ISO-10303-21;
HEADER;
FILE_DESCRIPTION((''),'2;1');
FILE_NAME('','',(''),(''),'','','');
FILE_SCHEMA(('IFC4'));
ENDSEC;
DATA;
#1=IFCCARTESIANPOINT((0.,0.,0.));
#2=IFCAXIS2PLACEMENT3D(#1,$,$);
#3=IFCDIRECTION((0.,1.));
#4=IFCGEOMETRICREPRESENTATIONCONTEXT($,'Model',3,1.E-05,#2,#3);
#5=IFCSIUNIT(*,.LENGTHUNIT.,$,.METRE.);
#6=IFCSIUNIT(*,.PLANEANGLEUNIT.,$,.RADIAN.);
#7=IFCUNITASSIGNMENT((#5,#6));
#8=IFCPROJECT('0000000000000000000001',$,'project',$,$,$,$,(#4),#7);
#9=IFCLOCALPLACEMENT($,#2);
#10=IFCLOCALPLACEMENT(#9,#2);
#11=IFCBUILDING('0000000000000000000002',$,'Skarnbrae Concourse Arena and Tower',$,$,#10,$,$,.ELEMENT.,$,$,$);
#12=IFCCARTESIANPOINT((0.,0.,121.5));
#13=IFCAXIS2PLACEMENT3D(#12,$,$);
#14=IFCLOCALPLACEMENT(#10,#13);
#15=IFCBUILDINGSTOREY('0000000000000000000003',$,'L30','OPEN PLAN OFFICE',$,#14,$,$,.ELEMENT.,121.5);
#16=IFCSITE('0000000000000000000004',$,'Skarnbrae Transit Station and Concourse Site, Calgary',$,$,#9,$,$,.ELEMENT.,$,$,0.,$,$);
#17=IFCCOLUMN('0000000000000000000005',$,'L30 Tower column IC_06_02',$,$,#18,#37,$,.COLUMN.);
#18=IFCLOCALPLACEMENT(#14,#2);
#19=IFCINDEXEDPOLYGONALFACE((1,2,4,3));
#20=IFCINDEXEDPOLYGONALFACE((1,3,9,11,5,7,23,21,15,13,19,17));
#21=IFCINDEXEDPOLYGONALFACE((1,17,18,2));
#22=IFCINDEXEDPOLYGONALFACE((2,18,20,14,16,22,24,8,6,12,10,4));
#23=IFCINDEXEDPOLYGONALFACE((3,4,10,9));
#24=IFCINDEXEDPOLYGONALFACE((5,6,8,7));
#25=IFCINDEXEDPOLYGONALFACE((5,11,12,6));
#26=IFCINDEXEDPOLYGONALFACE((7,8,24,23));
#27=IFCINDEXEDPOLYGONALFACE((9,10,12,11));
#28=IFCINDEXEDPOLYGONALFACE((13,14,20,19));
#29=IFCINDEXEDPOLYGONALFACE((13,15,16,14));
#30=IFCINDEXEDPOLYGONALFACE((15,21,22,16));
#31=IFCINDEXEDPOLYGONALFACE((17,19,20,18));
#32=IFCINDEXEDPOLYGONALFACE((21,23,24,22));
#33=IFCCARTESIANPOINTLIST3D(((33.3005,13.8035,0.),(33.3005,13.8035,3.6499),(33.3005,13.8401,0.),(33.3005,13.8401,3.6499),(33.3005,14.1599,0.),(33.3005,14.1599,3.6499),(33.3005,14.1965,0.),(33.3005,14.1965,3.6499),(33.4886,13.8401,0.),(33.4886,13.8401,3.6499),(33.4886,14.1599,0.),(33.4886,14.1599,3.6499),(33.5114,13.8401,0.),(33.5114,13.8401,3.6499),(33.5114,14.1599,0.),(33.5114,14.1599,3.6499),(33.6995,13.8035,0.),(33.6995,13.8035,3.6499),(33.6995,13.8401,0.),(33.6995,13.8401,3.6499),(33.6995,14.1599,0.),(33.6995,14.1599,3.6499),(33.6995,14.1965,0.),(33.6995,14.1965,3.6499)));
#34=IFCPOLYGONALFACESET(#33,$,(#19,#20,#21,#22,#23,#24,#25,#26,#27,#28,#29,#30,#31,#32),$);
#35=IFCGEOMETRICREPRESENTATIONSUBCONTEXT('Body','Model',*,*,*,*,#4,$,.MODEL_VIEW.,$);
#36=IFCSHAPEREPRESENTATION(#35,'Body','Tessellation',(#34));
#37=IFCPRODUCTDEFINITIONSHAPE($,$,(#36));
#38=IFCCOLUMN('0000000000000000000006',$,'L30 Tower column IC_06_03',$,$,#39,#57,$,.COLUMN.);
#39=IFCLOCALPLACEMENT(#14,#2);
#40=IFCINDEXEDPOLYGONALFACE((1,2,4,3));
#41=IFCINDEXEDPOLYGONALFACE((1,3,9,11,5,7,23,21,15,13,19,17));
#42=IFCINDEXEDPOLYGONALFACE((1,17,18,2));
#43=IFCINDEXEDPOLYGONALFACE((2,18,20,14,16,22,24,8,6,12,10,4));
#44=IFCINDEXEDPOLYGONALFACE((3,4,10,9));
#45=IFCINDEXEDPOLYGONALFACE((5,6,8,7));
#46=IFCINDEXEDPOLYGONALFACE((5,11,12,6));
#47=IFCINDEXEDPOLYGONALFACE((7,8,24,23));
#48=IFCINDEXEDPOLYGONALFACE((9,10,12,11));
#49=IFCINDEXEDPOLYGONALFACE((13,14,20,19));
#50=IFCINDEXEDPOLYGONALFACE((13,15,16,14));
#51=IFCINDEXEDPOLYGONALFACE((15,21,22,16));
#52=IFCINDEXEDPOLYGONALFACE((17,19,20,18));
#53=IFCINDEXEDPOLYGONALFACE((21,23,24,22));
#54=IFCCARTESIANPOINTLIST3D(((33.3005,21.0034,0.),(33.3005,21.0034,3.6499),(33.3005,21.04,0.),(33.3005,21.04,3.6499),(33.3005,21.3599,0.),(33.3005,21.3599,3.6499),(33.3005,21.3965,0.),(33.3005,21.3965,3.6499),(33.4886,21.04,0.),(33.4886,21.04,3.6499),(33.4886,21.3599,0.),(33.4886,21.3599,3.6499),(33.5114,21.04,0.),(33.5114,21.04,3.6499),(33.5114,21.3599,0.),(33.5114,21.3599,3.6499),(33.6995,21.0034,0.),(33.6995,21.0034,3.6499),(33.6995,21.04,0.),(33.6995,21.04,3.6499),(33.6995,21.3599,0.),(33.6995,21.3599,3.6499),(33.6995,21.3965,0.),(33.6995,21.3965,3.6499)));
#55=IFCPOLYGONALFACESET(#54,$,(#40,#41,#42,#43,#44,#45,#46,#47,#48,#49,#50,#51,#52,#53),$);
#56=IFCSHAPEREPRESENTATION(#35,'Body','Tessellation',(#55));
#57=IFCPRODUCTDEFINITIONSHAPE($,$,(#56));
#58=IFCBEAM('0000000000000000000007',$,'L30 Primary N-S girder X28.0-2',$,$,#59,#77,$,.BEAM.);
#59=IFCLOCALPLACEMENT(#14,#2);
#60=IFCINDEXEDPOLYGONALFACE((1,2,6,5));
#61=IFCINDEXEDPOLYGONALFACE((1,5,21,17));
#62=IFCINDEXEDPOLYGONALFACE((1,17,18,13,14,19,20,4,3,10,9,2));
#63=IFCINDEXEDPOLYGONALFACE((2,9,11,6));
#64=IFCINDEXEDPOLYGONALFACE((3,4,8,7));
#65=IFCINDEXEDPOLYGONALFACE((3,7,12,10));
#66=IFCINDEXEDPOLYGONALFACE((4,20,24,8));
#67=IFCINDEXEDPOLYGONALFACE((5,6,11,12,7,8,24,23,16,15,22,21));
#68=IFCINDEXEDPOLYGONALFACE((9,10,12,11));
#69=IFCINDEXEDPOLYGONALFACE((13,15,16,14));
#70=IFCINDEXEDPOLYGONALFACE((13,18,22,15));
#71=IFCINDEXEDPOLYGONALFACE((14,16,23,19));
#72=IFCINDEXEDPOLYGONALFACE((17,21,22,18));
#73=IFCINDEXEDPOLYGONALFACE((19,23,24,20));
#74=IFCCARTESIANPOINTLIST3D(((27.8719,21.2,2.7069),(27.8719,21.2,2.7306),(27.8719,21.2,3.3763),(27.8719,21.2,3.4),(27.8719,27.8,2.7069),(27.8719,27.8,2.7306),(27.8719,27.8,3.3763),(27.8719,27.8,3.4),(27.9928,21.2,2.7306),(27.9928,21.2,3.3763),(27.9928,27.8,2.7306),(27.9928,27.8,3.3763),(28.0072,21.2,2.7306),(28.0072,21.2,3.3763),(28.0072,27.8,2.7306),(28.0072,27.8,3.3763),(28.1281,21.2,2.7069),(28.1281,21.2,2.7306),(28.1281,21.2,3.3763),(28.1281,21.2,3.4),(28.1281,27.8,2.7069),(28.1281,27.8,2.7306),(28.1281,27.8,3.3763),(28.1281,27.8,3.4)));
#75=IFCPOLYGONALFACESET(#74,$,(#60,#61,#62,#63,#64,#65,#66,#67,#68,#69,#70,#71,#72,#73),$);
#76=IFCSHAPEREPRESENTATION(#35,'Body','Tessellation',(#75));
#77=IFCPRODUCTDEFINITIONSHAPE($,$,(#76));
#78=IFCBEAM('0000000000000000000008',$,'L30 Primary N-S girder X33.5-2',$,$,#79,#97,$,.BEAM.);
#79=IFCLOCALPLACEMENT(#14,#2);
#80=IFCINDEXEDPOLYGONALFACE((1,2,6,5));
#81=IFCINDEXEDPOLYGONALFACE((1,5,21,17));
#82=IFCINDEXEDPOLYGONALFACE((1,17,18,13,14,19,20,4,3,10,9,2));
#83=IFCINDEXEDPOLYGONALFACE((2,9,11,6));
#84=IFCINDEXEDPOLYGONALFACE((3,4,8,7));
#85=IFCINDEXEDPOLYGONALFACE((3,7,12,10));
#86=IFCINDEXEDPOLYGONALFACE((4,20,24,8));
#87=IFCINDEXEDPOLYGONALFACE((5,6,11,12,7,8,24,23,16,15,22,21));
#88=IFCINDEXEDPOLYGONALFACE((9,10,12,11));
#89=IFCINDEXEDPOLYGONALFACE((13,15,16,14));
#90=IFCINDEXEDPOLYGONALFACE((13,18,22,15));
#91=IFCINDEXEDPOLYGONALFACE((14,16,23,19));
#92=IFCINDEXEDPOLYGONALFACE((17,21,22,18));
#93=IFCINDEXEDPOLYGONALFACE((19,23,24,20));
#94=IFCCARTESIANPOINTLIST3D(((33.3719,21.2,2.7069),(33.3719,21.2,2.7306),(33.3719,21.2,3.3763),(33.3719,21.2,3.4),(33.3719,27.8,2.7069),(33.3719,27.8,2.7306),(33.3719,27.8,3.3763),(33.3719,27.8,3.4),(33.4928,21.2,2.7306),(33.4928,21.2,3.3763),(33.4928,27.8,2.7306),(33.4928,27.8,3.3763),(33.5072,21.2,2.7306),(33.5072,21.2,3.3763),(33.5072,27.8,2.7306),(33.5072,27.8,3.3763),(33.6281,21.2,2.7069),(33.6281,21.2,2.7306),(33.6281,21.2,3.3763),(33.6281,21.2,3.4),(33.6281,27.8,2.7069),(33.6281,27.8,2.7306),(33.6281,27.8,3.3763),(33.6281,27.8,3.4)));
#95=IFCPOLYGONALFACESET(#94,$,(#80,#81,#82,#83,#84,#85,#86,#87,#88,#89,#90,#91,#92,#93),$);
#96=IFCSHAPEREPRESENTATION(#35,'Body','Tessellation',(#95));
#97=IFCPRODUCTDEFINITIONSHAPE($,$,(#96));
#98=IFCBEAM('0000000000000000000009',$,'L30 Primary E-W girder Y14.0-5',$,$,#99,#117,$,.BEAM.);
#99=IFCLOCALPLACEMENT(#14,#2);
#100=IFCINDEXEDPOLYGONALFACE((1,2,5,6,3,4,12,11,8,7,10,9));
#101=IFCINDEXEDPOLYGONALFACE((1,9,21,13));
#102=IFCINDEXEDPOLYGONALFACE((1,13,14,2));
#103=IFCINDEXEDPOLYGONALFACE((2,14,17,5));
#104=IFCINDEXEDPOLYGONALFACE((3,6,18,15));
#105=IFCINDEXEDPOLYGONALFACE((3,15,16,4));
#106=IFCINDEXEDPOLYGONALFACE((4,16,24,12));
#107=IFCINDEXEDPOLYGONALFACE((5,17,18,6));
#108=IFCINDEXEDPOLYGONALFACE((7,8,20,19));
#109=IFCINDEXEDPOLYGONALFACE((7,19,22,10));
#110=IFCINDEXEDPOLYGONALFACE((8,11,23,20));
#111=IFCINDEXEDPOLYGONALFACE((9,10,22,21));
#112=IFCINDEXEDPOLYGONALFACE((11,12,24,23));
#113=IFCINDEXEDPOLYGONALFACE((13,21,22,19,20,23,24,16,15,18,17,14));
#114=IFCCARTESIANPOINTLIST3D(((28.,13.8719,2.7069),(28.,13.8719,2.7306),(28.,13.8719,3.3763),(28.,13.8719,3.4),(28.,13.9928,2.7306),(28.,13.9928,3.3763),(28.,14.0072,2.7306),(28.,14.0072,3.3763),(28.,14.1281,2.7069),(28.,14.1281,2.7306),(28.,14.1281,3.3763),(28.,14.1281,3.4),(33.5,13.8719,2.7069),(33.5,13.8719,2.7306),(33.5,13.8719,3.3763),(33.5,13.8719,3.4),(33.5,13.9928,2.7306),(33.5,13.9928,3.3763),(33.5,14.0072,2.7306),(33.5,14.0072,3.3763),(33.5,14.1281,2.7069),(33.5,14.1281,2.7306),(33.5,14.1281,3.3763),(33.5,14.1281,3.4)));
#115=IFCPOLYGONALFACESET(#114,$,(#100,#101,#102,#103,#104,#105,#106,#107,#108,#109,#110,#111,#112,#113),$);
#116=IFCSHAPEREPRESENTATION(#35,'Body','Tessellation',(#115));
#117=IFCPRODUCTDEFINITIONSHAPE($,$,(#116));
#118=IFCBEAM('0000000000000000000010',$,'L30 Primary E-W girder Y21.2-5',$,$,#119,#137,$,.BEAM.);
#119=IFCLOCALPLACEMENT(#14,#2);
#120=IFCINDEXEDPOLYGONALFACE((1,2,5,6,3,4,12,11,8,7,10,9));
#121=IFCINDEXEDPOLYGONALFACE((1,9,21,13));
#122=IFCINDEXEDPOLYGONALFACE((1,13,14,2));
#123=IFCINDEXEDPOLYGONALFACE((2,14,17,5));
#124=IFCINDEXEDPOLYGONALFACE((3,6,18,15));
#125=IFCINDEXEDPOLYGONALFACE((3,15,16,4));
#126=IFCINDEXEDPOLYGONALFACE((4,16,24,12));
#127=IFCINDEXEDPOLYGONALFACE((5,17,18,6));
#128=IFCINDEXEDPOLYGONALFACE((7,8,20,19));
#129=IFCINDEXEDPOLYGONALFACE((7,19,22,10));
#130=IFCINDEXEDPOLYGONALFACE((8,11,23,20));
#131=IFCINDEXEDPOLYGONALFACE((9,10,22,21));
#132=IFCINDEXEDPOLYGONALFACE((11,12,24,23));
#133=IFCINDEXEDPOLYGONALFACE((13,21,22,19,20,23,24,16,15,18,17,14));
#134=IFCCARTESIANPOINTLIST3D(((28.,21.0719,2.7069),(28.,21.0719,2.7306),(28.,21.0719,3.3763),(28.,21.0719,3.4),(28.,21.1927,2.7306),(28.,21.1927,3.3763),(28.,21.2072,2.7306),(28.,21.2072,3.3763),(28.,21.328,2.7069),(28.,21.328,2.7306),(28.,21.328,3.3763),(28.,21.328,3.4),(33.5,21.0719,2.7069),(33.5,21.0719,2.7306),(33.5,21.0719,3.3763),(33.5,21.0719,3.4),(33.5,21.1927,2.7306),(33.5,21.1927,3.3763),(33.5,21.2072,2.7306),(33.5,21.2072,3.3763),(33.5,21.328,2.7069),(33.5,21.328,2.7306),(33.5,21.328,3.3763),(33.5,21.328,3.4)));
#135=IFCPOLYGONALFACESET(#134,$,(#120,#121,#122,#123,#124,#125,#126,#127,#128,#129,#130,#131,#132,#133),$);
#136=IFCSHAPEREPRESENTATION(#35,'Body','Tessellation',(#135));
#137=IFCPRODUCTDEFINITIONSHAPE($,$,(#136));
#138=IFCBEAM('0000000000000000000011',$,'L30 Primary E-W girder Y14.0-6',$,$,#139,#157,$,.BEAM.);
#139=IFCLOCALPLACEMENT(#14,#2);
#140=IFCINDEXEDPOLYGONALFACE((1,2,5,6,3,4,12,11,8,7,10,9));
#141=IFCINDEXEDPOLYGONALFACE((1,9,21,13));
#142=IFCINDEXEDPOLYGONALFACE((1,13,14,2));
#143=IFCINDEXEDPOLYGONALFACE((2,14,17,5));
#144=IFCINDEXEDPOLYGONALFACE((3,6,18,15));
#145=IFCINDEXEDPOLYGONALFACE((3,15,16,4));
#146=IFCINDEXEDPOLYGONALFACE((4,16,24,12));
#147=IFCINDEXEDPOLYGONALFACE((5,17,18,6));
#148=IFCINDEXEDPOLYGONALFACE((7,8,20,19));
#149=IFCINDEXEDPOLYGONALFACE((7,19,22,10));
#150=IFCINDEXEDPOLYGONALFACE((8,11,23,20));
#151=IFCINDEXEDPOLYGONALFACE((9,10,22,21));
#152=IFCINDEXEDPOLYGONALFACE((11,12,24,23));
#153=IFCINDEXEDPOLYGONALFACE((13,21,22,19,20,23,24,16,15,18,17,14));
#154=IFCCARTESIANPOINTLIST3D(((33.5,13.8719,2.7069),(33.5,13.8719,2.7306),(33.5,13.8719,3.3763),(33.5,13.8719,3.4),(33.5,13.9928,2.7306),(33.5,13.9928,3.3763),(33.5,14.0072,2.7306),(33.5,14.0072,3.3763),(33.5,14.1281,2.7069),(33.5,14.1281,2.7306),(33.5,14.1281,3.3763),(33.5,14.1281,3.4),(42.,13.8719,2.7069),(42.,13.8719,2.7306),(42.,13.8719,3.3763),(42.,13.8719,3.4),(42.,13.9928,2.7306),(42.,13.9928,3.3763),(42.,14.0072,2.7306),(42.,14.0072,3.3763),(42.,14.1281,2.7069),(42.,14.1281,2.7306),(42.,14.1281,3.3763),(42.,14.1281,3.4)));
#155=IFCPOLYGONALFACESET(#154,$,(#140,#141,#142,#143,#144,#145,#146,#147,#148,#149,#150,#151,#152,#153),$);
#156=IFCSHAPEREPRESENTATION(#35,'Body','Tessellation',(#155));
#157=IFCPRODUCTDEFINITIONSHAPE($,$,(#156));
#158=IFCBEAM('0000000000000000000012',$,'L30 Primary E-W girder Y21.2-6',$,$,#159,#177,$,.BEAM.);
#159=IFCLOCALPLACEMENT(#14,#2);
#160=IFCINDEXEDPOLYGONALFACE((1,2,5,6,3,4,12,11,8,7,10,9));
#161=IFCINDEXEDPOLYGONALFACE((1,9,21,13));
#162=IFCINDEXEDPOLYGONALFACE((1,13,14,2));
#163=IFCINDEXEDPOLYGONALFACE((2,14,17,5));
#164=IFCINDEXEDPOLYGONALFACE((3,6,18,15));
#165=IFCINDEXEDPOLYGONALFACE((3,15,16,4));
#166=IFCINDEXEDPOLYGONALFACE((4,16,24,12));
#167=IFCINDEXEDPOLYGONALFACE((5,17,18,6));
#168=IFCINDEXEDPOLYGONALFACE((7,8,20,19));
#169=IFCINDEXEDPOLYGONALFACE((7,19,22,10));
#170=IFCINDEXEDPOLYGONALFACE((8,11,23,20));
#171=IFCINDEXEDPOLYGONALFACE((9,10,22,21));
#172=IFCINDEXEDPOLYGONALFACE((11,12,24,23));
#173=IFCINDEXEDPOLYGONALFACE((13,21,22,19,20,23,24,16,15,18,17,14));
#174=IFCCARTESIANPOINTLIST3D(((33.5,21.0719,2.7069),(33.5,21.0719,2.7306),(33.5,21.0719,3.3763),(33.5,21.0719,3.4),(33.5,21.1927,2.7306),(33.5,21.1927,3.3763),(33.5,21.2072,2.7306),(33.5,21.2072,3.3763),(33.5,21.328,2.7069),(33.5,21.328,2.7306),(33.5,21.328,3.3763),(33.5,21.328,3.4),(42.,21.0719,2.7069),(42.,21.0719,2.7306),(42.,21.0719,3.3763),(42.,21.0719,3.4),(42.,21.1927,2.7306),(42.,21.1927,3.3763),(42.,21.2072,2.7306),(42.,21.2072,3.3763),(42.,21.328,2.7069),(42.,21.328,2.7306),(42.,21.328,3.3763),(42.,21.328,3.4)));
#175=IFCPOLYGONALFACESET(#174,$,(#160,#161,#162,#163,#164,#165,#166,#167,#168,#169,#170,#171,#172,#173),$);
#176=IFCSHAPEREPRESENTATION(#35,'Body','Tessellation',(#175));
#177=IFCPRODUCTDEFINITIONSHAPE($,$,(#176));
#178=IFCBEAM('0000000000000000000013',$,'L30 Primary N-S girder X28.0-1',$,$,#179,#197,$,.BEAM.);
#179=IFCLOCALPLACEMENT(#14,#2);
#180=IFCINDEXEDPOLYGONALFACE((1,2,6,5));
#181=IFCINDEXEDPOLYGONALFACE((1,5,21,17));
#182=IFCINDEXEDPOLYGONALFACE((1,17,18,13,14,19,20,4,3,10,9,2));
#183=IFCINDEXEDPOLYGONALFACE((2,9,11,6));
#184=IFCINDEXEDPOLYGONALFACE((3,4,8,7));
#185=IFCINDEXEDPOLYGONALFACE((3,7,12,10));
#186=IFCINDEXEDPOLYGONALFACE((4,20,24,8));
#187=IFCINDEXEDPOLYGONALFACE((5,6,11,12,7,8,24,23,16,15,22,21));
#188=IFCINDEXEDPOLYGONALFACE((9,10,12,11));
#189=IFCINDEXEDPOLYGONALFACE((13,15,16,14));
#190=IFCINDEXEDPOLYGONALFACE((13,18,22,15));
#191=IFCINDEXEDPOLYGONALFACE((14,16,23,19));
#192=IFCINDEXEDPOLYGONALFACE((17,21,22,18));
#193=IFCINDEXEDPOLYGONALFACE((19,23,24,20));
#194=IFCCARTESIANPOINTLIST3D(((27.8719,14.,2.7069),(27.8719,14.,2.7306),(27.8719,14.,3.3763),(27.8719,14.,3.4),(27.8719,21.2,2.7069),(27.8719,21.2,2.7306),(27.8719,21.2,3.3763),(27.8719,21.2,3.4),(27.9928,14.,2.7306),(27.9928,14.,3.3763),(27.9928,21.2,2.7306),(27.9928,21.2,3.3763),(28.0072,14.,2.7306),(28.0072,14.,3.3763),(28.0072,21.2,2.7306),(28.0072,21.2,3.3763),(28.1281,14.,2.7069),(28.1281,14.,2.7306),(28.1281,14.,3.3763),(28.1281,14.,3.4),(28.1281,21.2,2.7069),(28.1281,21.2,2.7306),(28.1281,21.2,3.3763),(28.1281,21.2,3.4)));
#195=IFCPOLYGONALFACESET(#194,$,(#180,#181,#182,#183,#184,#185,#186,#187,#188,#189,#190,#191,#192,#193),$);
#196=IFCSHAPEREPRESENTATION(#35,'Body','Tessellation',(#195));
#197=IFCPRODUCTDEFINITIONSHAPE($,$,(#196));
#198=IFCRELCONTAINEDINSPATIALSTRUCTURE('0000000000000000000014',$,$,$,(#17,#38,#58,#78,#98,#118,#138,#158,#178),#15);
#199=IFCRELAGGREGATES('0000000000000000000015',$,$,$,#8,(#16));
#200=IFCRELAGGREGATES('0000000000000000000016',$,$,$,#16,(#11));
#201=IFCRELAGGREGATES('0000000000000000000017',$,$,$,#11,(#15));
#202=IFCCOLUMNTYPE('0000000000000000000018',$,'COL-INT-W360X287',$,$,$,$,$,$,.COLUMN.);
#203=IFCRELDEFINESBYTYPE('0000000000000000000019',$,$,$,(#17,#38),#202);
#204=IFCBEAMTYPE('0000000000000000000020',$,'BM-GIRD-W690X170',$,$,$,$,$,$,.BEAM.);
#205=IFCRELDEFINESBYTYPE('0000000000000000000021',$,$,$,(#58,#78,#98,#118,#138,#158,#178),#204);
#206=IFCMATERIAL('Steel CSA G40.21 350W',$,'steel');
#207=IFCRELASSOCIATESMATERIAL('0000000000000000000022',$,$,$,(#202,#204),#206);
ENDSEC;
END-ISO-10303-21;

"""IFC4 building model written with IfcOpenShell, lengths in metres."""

from ifc_helpers import new_model, si_unit, direction, frame, origin, origin_2d, place, context, subcontext, project, spatial, i_section, extrude, source, transform, mapped, material, material_profile, profile_set, type_object, element, save


model = new_model("IFC4")

# Units and contexts
model_context = context("Model", 3, precision=1e-05, world=origin(), true_north=direction((0.0, 1.0)))
body_context = subcontext(model_context, "Body", "Model", "MODEL_VIEW")
ifc_project = project(units=[si_unit("LENGTHUNIT", "METRE"), si_unit("PLANEANGLEUNIT", "RADIAN")], contexts=[model_context])

# Site, building, storey
site_placement = place(None, origin())
site = spatial("IfcSite", under=ifc_project, at=site_placement, Name="Skarnbrae Transit Station and Concourse Site, Calgary", CompositionType="ELEMENT", RefElevation=0.0)
building_placement = place(site_placement, origin())
building = spatial("IfcBuilding", under=site, at=building_placement, Name="Skarnbrae Concourse Arena and Tower", CompositionType="ELEMENT")
storey_placement = place(building_placement, frame((0.0, 0.0, 121.5)))
storey = spatial("IfcBuildingStorey", under=building, at=storey_placement, Name="L30", Description="OPEN PLAN OFFICE", CompositionType="ELEMENT", Elevation=121.5)

# Columns
ifc_material_1 = material(Name="Steel CSA G40.21 350W", Category="steel")
ifc_material_profile_1 = material_profile(ifc_material_1, i_section(OverallWidth=0.3989, OverallDepth=0.3931, WebThickness=0.0227, FlangeThickness=0.0366, at=origin_2d()), Name="W360X287")
ifc_profile_set_1 = profile_set([ifc_material_profile_1], Name="Steel CSA G40.21 350W")
column_type = type_object("IfcColumnType", Name="COL-INT-W360X287", PredefinedType="COLUMN", material=ifc_profile_set_1)
shared_shape_1 = source(origin(), body_context, "Body", "SweptSolid", [
    extrude(i_section(OverallWidth=0.3989, OverallDepth=0.3931, WebThickness=0.0227, FlangeThickness=0.0366, at=origin_2d()), origin(), (0.0, 0.0, 1.0), 3.6499),
])
for number, where, z_axis, x_axis, name in (
    (1, (33.5, 14.0, 0.0), (0.0, 0.0, 1.0), (1.0, 0.0, 0.0), "L30 Tower column IC_06_02"),
    (2, (33.5, 21.2, 0.0), (0.0, 0.0, 1.0), (1.0, 0.0, 0.0), "L30 Tower column IC_06_03"),
):
    element("IfcColumn", number, at=place(storey_placement, frame(where, z_axis=z_axis, x_axis=x_axis)), inside=storey, type_object=column_type, Name=name, PredefinedType="COLUMN", context=body_context, shape_type="MappedRepresentation", body=[
        mapped(shared_shape_1, transform((0.0, 0.0, 0.0))),
    ])

# Beams
ifc_material_profile_2 = material_profile(ifc_material_1, i_section(OverallWidth=0.2561, OverallDepth=0.6931, WebThickness=0.0144, FlangeThickness=0.0237, at=origin_2d()), Name="W690X170")
ifc_profile_set_2 = profile_set([ifc_material_profile_2], Name="Steel CSA G40.21 350W")
beam_type_1 = type_object("IfcBeamType", Name="BM-GIRD-W690X170", PredefinedType="BEAM", material=ifc_profile_set_2)
shared_shape_2 = source(origin(), body_context, "Body", "SweptSolid", [
    extrude(i_section(OverallWidth=0.2561, OverallDepth=0.6931, WebThickness=0.0144, FlangeThickness=0.0237, at=origin_2d()), origin(), (0.0, 0.0, 1.0), 6.6001),
])
for number, where, z_axis, x_axis, name in (
    (3, (28.0, 21.2, 3.0535), (0.0, 1.0, 0.0), (-1.0, 0.0, 0.0), "L30 Primary N-S girder X28.0-2"),
    (4, (33.5, 21.2, 3.0535), (0.0, 1.0, 0.0), (-1.0, 0.0, 0.0), "L30 Primary N-S girder X33.5-2"),
):
    element("IfcBeam", number, at=place(storey_placement, frame(where, z_axis=z_axis, x_axis=x_axis)), inside=storey, type_object=beam_type_1, Name=name, PredefinedType="BEAM", context=body_context, shape_type="MappedRepresentation", body=[
        mapped(shared_shape_2, transform((0.0, 0.0, 0.0))),
    ])
shared_shape_3 = source(origin(), body_context, "Body", "SweptSolid", [
    extrude(i_section(OverallWidth=0.2561, OverallDepth=0.6931, WebThickness=0.0144, FlangeThickness=0.0237, at=origin_2d()), origin(), (0.0, 0.0, 1.0), 5.5),
])
for number, where, z_axis, x_axis, name in (
    (5, (28.0, 14.0, 3.0535), (1.0, 0.0, 0.0), (0.0, 1.0, 0.0), "L30 Primary E-W girder Y14.0-5"),
    (6, (28.0, 21.2, 3.0535), (1.0, 0.0, 0.0), (0.0, 1.0, 0.0), "L30 Primary E-W girder Y21.2-5"),
):
    element("IfcBeam", number, at=place(storey_placement, frame(where, z_axis=z_axis, x_axis=x_axis)), inside=storey, type_object=beam_type_1, Name=name, PredefinedType="BEAM", context=body_context, shape_type="MappedRepresentation", body=[
        mapped(shared_shape_3, transform((0.0, 0.0, 0.0))),
    ])
shared_shape_4 = source(origin(), body_context, "Body", "SweptSolid", [
    extrude(i_section(OverallWidth=0.2561, OverallDepth=0.6931, WebThickness=0.0144, FlangeThickness=0.0237, at=origin_2d()), origin(), (0.0, 0.0, 1.0), 8.5),
])
for number, where, z_axis, x_axis, name in (
    (7, (33.5, 14.0, 3.0535), (1.0, 0.0, 0.0), (0.0, 1.0, 0.0), "L30 Primary E-W girder Y14.0-6"),
    (8, (33.5, 21.2, 3.0535), (1.0, 0.0, 0.0), (0.0, 1.0, 0.0), "L30 Primary E-W girder Y21.2-6"),
):
    element("IfcBeam", number, at=place(storey_placement, frame(where, z_axis=z_axis, x_axis=x_axis)), inside=storey, type_object=beam_type_1, Name=name, PredefinedType="BEAM", context=body_context, shape_type="MappedRepresentation", body=[
        mapped(shared_shape_4, transform((0.0, 0.0, 0.0))),
    ])
shared_shape_5 = source(origin(), body_context, "Body", "SweptSolid", [
    extrude(i_section(OverallWidth=0.2561, OverallDepth=0.6931, WebThickness=0.0144, FlangeThickness=0.0237, at=origin_2d()), origin(), (0.0, 0.0, 1.0), 7.2),
])
for number, where, z_axis, x_axis, name in (
    (9, (28.0, 14.0, 3.0535), (0.0, 1.0, 0.0), (-1.0, 0.0, 0.0), "L30 Primary N-S girder X28.0-1"),
):
    element("IfcBeam", number, at=place(storey_placement, frame(where, z_axis=z_axis, x_axis=x_axis)), inside=storey, type_object=beam_type_1, Name=name, PredefinedType="BEAM", context=body_context, shape_type="MappedRepresentation", body=[
        mapped(shared_shape_5, transform((0.0, 0.0, 0.0))),
    ])

save(model, "model.ifc")
